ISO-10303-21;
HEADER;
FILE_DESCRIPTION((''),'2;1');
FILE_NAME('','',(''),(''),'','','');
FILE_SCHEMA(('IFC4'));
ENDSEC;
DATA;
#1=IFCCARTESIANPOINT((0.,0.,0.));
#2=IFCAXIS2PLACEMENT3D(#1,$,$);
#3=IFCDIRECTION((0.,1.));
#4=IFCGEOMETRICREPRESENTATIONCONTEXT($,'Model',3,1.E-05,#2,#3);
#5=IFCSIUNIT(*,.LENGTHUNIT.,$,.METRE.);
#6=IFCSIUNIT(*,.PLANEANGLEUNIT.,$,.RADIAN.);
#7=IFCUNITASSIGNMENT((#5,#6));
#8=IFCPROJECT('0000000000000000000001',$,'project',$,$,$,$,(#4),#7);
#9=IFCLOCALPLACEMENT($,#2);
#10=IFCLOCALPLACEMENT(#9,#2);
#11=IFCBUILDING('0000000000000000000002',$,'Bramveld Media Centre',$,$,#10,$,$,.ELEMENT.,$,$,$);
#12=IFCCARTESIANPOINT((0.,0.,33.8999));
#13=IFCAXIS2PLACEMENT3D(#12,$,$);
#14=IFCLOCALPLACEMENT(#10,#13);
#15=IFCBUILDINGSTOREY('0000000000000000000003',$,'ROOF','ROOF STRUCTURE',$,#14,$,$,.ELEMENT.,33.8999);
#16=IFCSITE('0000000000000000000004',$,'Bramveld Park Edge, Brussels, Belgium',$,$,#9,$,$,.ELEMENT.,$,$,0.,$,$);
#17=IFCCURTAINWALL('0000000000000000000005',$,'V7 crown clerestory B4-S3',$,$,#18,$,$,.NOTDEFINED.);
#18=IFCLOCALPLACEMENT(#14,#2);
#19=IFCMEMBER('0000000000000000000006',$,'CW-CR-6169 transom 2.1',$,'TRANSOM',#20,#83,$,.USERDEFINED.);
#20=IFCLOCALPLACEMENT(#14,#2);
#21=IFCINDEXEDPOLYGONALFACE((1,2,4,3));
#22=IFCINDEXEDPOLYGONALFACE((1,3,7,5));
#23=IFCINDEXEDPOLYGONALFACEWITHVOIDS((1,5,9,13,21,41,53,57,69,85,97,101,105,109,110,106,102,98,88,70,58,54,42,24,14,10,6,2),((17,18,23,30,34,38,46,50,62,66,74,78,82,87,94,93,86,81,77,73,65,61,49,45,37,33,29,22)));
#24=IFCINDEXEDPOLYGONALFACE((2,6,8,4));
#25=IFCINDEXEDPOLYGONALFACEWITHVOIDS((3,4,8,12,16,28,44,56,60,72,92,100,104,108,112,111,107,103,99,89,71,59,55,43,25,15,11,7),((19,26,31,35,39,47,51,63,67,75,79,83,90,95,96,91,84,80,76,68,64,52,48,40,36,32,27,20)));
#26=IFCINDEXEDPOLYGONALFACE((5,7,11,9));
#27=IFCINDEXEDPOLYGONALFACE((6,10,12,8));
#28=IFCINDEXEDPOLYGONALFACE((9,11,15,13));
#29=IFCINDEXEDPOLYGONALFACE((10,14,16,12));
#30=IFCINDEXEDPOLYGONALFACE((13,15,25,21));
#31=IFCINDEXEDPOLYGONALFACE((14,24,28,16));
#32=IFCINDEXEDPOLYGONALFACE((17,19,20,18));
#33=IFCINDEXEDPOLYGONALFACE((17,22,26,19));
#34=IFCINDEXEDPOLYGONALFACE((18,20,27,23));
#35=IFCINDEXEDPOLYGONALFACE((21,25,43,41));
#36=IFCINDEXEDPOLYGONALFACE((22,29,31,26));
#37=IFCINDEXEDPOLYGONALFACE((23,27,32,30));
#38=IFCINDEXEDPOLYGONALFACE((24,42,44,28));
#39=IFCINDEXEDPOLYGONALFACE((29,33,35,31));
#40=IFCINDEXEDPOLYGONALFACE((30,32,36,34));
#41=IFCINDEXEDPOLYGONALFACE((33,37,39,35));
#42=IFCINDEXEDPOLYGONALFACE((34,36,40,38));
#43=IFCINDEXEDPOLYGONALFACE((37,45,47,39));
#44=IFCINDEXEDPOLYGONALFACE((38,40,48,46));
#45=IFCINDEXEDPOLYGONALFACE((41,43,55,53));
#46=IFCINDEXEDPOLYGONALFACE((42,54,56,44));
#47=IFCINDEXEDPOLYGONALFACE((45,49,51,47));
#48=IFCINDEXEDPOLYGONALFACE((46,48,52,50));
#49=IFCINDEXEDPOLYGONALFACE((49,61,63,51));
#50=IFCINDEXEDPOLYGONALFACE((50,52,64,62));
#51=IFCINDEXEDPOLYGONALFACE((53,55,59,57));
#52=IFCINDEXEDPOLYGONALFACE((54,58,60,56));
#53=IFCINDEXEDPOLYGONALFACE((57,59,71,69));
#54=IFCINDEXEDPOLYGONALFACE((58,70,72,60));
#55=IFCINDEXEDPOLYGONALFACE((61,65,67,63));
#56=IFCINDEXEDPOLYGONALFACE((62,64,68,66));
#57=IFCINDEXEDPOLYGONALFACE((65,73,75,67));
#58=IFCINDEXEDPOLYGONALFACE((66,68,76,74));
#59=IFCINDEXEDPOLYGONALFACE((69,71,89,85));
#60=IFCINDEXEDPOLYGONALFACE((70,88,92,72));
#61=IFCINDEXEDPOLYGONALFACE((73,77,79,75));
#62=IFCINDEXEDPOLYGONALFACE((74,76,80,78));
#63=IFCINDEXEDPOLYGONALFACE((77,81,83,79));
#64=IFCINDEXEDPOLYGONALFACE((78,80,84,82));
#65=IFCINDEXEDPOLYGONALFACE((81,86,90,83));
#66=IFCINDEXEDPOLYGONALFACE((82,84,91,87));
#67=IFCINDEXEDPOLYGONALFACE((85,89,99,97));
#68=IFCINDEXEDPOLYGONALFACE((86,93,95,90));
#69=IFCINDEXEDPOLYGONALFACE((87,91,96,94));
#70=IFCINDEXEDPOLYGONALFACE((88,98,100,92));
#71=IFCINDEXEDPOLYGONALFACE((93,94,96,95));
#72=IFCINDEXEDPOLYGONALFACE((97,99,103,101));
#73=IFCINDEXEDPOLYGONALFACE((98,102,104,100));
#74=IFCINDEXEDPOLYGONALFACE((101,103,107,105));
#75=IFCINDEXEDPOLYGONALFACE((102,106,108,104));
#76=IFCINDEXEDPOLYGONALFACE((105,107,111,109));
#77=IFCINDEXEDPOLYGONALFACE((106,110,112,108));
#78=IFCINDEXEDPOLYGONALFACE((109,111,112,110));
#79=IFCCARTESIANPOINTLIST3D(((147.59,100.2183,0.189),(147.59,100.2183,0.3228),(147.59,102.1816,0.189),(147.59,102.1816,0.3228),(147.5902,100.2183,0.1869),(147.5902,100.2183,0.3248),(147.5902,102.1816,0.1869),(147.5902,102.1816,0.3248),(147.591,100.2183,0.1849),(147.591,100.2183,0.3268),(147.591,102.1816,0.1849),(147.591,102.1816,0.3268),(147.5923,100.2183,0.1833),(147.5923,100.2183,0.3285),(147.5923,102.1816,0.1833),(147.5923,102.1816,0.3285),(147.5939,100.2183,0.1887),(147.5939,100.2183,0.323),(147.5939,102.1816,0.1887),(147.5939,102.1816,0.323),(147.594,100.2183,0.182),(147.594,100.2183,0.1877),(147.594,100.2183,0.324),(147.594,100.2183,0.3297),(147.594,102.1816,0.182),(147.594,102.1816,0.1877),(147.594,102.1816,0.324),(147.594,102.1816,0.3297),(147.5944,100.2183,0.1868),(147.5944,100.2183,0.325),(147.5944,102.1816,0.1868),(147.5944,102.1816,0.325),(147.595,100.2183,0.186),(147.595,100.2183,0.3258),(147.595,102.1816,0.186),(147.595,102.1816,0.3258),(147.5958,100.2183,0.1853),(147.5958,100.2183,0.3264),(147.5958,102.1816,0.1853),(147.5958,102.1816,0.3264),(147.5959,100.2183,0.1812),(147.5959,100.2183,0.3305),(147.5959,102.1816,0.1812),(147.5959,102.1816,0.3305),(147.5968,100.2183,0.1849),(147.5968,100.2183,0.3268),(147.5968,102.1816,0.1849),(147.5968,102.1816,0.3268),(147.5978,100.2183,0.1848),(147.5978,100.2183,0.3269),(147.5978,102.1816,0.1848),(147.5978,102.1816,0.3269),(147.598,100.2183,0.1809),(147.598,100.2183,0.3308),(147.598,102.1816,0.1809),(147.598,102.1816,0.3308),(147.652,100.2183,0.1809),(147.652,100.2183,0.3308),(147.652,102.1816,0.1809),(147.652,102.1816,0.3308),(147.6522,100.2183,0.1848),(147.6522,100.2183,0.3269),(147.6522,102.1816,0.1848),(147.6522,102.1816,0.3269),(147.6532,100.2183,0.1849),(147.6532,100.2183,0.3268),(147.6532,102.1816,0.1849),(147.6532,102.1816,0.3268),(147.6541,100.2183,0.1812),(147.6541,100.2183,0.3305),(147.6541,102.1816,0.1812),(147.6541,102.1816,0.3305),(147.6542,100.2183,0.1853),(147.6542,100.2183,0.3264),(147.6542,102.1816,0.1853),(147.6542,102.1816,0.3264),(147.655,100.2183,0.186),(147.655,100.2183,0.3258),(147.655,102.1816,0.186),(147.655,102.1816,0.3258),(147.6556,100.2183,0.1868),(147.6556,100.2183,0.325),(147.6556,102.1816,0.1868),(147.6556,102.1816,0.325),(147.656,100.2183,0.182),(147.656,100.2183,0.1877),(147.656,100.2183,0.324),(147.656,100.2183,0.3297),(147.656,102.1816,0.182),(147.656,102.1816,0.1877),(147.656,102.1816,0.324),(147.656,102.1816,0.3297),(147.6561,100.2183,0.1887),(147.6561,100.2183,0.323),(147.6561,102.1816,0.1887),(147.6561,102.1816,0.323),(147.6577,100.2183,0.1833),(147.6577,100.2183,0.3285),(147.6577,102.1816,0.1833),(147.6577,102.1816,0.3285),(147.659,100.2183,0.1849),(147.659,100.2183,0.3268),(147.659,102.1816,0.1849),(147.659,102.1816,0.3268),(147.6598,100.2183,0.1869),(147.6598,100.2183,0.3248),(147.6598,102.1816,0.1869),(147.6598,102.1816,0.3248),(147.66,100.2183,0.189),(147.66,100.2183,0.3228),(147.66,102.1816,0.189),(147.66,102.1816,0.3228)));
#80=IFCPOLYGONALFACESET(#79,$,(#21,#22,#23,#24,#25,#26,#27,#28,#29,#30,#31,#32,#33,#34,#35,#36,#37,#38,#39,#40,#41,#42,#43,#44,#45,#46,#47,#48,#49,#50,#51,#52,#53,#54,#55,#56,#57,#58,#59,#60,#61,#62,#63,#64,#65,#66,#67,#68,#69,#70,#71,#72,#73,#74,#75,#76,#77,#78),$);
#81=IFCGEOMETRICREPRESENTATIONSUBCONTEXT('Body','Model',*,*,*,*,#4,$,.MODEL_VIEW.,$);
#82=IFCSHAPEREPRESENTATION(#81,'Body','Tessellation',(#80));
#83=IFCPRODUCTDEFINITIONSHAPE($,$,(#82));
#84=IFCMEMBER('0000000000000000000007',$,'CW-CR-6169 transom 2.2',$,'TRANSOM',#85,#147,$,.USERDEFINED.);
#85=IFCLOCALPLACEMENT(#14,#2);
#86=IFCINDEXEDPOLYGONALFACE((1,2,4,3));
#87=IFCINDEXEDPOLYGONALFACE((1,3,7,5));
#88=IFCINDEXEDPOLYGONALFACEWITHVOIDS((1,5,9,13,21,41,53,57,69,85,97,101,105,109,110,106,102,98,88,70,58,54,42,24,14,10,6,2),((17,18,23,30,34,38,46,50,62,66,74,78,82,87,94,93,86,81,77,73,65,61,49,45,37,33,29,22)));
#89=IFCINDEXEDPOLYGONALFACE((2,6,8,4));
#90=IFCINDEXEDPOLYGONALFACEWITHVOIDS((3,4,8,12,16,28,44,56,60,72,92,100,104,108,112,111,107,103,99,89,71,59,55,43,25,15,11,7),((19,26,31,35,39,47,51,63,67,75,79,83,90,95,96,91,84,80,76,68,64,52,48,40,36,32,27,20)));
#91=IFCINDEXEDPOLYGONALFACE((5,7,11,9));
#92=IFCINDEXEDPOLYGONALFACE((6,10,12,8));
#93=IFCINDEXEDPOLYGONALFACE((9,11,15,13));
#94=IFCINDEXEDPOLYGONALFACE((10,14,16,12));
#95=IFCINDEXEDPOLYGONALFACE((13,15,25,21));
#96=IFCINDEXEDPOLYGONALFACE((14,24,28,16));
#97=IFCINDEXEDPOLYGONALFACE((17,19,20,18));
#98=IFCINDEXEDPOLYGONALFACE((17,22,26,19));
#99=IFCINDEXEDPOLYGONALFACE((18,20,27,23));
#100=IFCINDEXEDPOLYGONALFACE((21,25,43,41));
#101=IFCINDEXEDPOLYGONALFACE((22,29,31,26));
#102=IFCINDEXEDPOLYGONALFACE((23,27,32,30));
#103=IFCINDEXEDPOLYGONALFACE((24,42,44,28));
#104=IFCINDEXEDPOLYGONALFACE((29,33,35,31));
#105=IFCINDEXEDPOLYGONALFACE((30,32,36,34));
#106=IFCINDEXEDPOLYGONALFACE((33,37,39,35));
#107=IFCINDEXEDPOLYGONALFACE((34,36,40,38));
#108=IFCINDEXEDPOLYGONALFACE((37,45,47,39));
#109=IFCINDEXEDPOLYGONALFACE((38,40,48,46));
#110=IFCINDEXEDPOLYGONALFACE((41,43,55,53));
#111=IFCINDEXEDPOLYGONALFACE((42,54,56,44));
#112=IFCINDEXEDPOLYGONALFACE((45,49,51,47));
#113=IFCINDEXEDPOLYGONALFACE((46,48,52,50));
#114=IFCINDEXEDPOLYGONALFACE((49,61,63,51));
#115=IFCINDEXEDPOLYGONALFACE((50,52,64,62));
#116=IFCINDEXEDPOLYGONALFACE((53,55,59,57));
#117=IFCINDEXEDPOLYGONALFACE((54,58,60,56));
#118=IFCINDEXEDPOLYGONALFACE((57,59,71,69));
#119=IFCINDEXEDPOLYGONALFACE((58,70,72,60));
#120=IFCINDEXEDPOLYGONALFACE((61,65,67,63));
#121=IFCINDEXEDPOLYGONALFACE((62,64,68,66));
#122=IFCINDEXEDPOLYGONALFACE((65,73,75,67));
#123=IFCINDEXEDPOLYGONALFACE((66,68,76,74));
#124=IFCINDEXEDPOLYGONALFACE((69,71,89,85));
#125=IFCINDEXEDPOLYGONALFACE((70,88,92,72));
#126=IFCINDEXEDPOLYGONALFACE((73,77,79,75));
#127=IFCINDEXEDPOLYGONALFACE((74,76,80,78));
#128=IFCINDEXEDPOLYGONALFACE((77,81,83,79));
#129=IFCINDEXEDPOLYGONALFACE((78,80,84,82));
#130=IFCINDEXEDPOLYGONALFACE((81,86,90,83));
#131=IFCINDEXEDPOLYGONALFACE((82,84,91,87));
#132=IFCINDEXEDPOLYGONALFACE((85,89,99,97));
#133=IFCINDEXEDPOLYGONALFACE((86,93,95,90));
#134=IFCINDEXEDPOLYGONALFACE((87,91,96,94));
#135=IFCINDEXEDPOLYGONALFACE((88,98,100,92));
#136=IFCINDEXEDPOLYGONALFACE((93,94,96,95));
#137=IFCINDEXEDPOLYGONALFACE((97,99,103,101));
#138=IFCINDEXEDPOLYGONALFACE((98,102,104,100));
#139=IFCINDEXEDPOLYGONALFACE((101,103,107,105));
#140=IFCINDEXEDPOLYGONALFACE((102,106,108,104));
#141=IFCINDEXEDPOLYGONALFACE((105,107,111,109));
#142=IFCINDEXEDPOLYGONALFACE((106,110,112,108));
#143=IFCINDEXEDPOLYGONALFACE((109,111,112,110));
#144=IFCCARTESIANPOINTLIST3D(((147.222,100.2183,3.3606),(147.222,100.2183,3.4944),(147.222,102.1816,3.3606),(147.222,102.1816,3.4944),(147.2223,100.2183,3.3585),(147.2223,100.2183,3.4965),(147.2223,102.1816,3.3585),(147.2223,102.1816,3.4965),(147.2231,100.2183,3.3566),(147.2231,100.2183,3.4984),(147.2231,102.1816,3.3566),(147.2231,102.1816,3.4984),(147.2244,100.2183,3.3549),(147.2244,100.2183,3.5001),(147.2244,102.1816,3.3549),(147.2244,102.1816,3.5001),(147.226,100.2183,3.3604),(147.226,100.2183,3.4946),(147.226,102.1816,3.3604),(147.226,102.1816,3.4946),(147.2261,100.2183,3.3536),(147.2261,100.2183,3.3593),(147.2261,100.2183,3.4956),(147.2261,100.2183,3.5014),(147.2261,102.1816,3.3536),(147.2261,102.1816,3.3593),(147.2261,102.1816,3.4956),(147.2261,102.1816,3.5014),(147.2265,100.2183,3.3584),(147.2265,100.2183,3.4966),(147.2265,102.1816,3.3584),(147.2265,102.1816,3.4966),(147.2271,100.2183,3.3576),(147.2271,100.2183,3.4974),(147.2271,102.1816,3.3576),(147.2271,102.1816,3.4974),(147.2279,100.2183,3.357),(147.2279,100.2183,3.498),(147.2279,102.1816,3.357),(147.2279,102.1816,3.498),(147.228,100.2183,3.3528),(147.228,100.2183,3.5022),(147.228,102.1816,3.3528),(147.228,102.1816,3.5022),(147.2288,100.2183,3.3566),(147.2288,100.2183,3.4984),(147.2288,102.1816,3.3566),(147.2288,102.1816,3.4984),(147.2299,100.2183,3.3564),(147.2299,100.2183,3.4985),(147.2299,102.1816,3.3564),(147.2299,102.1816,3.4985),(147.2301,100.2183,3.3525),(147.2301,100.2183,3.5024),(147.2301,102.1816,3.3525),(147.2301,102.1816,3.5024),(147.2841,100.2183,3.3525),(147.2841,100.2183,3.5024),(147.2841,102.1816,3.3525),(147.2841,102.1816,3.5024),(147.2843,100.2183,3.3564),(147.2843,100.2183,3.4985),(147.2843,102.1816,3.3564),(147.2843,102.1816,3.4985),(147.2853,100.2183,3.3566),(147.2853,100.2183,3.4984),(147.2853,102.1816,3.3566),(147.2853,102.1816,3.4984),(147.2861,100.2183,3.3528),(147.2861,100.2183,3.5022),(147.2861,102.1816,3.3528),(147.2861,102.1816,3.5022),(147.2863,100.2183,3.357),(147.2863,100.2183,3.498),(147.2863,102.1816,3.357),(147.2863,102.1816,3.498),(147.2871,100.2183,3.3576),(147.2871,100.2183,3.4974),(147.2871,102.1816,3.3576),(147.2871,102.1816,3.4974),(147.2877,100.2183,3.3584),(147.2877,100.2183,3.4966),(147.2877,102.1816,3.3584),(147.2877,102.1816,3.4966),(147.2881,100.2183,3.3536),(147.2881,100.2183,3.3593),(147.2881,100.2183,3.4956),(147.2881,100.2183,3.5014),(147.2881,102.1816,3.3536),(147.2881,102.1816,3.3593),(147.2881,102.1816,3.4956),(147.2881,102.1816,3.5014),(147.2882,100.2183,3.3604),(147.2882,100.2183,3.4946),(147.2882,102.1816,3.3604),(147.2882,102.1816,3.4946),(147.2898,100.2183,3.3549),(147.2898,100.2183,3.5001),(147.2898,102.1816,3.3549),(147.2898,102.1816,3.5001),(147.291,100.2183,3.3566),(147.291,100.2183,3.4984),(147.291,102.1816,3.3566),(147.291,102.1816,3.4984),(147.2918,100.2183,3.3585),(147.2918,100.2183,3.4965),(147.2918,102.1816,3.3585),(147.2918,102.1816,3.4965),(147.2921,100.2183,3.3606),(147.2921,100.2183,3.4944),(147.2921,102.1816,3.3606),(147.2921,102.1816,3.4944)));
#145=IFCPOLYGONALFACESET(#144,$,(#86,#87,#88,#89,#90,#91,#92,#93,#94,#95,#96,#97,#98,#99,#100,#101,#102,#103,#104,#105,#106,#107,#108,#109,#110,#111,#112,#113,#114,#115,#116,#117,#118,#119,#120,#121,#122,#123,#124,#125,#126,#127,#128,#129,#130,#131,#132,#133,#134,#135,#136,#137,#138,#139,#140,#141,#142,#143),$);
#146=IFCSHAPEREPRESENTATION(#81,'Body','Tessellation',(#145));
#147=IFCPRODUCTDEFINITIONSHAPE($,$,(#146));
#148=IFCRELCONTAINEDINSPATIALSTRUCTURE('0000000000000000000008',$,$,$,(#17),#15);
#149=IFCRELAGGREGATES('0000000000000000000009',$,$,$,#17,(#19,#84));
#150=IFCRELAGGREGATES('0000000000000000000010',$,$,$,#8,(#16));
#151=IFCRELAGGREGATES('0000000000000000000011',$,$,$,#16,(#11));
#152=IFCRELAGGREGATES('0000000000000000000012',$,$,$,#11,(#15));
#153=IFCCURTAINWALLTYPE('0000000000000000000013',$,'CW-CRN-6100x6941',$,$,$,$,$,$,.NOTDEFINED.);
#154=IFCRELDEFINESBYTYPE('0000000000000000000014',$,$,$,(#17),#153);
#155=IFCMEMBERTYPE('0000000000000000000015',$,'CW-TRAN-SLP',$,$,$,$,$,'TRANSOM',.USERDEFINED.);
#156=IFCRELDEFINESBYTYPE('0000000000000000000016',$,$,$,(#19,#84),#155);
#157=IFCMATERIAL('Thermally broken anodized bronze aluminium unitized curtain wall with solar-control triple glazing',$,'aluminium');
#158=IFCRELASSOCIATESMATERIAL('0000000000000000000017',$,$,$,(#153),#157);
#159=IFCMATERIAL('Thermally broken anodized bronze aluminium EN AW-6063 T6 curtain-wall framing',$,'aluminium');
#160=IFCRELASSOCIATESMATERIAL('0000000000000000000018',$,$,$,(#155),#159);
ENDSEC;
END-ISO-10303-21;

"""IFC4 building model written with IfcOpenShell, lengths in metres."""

from ifc_helpers import new_model, si_unit, direction, frame, origin, origin_2d, place, context, subcontext, project, spatial, hollow_rectangle, extrude, material, material_profile, profile_set, type_object, element, aggregate, save


model = new_model("IFC4")

# Units and contexts
model_context = context("Model", 3, precision=1e-05, world=origin(), true_north=direction((0.0, 1.0)))
body_context = subcontext(model_context, "Body", "Model", "MODEL_VIEW")
ifc_project = project(units=[si_unit("LENGTHUNIT", "METRE"), si_unit("PLANEANGLEUNIT", "RADIAN")], contexts=[model_context])

# Site, building, storey
site_placement = place(None, origin())
site = spatial("IfcSite", under=ifc_project, at=site_placement, Name="Bramveld Park Edge, Brussels, Belgium", CompositionType="ELEMENT", RefElevation=0.0)
building_placement = place(site_placement, origin())
building = spatial("IfcBuilding", under=site, at=building_placement, Name="Bramveld Media Centre", CompositionType="ELEMENT")
storey_placement = place(building_placement, frame((0.0, 0.0, 33.8999)))
storey = spatial("IfcBuildingStorey", under=building, at=storey_placement, Name="ROOF", Description="ROOF STRUCTURE", CompositionType="ELEMENT", Elevation=33.8999)

# Curtain wall, members
ifc_material_1 = material(Name="Thermally broken anodized bronze aluminium unitized curtain wall with solar-control triple glazing", Category="aluminium")
curtain_wall_type = type_object("IfcCurtainWallType", Name="CW-CRN-6100x6941", PredefinedType="NOTDEFINED", material=ifc_material_1)
curtain_wall_1_placement = place(storey_placement, origin())
curtain_wall_1 = element("IfcCurtainWall", 1, at=curtain_wall_1_placement, inside=storey, type_object=curtain_wall_type, Name="V7 crown clerestory B4-S3", PredefinedType="NOTDEFINED")
ifc_material_2 = material(Name="Thermally broken anodized bronze aluminium EN AW-6063 T6 curtain-wall framing", Category="aluminium")
ifc_material_profile_1 = material_profile(ifc_material_2, hollow_rectangle(XDim=0.0701, YDim=0.1499, WallThickness=0.0039, InnerFilletRadius=0.0039, OuterFilletRadius=0.0081, at=origin_2d()), Name="AL-TRAN 70x150")
ifc_profile_set_1 = profile_set([ifc_material_profile_1], Name="Thermally broken anodized bronze aluminium EN AW-6063 T6 curtain-wall framing")
member_type_1 = type_object("IfcMemberType", Name="CW-TRAN-SLP", ElementType="TRANSOM", PredefinedType="USERDEFINED", material=ifc_profile_set_1)
member_1_placement = place(storey_placement, frame((147.625, 100.2183, 0.2559), z_axis=(0.0, 1.0, 0.0), x_axis=(-1.0, 0.0, 0.0)))
member_1 = element("IfcMember", 2, at=member_1_placement, type_object=member_type_1, Name="CW-CR-6169 transom 2.1", ObjectType="TRANSOM", PredefinedType="USERDEFINED", context=body_context, shape_type="SweptSolid", body=[
    extrude(hollow_rectangle(XDim=0.0701, YDim=0.1499, WallThickness=0.0039, InnerFilletRadius=0.0039, OuterFilletRadius=0.0081, at=origin_2d()), origin(), (0.0, 0.0, 1.0), 1.9634),
])
member_2_placement = place(storey_placement, frame((147.2571, 100.2183, 3.4275), z_axis=(0.0, 1.0, 0.0), x_axis=(-1.0, 0.0, 0.0)))
member_2 = element("IfcMember", 3, at=member_2_placement, type_object=member_type_1, Name="CW-CR-6169 transom 2.2", ObjectType="TRANSOM", PredefinedType="USERDEFINED", context=body_context, shape_type="SweptSolid", body=[
    extrude(hollow_rectangle(XDim=0.0701, YDim=0.1499, WallThickness=0.0039, InnerFilletRadius=0.0039, OuterFilletRadius=0.0081, at=origin_2d()), origin(), (0.0, 0.0, 1.0), 1.9634),
])

aggregate(curtain_wall_1, [member_1, member_2])

save(model, "model.ifc")
